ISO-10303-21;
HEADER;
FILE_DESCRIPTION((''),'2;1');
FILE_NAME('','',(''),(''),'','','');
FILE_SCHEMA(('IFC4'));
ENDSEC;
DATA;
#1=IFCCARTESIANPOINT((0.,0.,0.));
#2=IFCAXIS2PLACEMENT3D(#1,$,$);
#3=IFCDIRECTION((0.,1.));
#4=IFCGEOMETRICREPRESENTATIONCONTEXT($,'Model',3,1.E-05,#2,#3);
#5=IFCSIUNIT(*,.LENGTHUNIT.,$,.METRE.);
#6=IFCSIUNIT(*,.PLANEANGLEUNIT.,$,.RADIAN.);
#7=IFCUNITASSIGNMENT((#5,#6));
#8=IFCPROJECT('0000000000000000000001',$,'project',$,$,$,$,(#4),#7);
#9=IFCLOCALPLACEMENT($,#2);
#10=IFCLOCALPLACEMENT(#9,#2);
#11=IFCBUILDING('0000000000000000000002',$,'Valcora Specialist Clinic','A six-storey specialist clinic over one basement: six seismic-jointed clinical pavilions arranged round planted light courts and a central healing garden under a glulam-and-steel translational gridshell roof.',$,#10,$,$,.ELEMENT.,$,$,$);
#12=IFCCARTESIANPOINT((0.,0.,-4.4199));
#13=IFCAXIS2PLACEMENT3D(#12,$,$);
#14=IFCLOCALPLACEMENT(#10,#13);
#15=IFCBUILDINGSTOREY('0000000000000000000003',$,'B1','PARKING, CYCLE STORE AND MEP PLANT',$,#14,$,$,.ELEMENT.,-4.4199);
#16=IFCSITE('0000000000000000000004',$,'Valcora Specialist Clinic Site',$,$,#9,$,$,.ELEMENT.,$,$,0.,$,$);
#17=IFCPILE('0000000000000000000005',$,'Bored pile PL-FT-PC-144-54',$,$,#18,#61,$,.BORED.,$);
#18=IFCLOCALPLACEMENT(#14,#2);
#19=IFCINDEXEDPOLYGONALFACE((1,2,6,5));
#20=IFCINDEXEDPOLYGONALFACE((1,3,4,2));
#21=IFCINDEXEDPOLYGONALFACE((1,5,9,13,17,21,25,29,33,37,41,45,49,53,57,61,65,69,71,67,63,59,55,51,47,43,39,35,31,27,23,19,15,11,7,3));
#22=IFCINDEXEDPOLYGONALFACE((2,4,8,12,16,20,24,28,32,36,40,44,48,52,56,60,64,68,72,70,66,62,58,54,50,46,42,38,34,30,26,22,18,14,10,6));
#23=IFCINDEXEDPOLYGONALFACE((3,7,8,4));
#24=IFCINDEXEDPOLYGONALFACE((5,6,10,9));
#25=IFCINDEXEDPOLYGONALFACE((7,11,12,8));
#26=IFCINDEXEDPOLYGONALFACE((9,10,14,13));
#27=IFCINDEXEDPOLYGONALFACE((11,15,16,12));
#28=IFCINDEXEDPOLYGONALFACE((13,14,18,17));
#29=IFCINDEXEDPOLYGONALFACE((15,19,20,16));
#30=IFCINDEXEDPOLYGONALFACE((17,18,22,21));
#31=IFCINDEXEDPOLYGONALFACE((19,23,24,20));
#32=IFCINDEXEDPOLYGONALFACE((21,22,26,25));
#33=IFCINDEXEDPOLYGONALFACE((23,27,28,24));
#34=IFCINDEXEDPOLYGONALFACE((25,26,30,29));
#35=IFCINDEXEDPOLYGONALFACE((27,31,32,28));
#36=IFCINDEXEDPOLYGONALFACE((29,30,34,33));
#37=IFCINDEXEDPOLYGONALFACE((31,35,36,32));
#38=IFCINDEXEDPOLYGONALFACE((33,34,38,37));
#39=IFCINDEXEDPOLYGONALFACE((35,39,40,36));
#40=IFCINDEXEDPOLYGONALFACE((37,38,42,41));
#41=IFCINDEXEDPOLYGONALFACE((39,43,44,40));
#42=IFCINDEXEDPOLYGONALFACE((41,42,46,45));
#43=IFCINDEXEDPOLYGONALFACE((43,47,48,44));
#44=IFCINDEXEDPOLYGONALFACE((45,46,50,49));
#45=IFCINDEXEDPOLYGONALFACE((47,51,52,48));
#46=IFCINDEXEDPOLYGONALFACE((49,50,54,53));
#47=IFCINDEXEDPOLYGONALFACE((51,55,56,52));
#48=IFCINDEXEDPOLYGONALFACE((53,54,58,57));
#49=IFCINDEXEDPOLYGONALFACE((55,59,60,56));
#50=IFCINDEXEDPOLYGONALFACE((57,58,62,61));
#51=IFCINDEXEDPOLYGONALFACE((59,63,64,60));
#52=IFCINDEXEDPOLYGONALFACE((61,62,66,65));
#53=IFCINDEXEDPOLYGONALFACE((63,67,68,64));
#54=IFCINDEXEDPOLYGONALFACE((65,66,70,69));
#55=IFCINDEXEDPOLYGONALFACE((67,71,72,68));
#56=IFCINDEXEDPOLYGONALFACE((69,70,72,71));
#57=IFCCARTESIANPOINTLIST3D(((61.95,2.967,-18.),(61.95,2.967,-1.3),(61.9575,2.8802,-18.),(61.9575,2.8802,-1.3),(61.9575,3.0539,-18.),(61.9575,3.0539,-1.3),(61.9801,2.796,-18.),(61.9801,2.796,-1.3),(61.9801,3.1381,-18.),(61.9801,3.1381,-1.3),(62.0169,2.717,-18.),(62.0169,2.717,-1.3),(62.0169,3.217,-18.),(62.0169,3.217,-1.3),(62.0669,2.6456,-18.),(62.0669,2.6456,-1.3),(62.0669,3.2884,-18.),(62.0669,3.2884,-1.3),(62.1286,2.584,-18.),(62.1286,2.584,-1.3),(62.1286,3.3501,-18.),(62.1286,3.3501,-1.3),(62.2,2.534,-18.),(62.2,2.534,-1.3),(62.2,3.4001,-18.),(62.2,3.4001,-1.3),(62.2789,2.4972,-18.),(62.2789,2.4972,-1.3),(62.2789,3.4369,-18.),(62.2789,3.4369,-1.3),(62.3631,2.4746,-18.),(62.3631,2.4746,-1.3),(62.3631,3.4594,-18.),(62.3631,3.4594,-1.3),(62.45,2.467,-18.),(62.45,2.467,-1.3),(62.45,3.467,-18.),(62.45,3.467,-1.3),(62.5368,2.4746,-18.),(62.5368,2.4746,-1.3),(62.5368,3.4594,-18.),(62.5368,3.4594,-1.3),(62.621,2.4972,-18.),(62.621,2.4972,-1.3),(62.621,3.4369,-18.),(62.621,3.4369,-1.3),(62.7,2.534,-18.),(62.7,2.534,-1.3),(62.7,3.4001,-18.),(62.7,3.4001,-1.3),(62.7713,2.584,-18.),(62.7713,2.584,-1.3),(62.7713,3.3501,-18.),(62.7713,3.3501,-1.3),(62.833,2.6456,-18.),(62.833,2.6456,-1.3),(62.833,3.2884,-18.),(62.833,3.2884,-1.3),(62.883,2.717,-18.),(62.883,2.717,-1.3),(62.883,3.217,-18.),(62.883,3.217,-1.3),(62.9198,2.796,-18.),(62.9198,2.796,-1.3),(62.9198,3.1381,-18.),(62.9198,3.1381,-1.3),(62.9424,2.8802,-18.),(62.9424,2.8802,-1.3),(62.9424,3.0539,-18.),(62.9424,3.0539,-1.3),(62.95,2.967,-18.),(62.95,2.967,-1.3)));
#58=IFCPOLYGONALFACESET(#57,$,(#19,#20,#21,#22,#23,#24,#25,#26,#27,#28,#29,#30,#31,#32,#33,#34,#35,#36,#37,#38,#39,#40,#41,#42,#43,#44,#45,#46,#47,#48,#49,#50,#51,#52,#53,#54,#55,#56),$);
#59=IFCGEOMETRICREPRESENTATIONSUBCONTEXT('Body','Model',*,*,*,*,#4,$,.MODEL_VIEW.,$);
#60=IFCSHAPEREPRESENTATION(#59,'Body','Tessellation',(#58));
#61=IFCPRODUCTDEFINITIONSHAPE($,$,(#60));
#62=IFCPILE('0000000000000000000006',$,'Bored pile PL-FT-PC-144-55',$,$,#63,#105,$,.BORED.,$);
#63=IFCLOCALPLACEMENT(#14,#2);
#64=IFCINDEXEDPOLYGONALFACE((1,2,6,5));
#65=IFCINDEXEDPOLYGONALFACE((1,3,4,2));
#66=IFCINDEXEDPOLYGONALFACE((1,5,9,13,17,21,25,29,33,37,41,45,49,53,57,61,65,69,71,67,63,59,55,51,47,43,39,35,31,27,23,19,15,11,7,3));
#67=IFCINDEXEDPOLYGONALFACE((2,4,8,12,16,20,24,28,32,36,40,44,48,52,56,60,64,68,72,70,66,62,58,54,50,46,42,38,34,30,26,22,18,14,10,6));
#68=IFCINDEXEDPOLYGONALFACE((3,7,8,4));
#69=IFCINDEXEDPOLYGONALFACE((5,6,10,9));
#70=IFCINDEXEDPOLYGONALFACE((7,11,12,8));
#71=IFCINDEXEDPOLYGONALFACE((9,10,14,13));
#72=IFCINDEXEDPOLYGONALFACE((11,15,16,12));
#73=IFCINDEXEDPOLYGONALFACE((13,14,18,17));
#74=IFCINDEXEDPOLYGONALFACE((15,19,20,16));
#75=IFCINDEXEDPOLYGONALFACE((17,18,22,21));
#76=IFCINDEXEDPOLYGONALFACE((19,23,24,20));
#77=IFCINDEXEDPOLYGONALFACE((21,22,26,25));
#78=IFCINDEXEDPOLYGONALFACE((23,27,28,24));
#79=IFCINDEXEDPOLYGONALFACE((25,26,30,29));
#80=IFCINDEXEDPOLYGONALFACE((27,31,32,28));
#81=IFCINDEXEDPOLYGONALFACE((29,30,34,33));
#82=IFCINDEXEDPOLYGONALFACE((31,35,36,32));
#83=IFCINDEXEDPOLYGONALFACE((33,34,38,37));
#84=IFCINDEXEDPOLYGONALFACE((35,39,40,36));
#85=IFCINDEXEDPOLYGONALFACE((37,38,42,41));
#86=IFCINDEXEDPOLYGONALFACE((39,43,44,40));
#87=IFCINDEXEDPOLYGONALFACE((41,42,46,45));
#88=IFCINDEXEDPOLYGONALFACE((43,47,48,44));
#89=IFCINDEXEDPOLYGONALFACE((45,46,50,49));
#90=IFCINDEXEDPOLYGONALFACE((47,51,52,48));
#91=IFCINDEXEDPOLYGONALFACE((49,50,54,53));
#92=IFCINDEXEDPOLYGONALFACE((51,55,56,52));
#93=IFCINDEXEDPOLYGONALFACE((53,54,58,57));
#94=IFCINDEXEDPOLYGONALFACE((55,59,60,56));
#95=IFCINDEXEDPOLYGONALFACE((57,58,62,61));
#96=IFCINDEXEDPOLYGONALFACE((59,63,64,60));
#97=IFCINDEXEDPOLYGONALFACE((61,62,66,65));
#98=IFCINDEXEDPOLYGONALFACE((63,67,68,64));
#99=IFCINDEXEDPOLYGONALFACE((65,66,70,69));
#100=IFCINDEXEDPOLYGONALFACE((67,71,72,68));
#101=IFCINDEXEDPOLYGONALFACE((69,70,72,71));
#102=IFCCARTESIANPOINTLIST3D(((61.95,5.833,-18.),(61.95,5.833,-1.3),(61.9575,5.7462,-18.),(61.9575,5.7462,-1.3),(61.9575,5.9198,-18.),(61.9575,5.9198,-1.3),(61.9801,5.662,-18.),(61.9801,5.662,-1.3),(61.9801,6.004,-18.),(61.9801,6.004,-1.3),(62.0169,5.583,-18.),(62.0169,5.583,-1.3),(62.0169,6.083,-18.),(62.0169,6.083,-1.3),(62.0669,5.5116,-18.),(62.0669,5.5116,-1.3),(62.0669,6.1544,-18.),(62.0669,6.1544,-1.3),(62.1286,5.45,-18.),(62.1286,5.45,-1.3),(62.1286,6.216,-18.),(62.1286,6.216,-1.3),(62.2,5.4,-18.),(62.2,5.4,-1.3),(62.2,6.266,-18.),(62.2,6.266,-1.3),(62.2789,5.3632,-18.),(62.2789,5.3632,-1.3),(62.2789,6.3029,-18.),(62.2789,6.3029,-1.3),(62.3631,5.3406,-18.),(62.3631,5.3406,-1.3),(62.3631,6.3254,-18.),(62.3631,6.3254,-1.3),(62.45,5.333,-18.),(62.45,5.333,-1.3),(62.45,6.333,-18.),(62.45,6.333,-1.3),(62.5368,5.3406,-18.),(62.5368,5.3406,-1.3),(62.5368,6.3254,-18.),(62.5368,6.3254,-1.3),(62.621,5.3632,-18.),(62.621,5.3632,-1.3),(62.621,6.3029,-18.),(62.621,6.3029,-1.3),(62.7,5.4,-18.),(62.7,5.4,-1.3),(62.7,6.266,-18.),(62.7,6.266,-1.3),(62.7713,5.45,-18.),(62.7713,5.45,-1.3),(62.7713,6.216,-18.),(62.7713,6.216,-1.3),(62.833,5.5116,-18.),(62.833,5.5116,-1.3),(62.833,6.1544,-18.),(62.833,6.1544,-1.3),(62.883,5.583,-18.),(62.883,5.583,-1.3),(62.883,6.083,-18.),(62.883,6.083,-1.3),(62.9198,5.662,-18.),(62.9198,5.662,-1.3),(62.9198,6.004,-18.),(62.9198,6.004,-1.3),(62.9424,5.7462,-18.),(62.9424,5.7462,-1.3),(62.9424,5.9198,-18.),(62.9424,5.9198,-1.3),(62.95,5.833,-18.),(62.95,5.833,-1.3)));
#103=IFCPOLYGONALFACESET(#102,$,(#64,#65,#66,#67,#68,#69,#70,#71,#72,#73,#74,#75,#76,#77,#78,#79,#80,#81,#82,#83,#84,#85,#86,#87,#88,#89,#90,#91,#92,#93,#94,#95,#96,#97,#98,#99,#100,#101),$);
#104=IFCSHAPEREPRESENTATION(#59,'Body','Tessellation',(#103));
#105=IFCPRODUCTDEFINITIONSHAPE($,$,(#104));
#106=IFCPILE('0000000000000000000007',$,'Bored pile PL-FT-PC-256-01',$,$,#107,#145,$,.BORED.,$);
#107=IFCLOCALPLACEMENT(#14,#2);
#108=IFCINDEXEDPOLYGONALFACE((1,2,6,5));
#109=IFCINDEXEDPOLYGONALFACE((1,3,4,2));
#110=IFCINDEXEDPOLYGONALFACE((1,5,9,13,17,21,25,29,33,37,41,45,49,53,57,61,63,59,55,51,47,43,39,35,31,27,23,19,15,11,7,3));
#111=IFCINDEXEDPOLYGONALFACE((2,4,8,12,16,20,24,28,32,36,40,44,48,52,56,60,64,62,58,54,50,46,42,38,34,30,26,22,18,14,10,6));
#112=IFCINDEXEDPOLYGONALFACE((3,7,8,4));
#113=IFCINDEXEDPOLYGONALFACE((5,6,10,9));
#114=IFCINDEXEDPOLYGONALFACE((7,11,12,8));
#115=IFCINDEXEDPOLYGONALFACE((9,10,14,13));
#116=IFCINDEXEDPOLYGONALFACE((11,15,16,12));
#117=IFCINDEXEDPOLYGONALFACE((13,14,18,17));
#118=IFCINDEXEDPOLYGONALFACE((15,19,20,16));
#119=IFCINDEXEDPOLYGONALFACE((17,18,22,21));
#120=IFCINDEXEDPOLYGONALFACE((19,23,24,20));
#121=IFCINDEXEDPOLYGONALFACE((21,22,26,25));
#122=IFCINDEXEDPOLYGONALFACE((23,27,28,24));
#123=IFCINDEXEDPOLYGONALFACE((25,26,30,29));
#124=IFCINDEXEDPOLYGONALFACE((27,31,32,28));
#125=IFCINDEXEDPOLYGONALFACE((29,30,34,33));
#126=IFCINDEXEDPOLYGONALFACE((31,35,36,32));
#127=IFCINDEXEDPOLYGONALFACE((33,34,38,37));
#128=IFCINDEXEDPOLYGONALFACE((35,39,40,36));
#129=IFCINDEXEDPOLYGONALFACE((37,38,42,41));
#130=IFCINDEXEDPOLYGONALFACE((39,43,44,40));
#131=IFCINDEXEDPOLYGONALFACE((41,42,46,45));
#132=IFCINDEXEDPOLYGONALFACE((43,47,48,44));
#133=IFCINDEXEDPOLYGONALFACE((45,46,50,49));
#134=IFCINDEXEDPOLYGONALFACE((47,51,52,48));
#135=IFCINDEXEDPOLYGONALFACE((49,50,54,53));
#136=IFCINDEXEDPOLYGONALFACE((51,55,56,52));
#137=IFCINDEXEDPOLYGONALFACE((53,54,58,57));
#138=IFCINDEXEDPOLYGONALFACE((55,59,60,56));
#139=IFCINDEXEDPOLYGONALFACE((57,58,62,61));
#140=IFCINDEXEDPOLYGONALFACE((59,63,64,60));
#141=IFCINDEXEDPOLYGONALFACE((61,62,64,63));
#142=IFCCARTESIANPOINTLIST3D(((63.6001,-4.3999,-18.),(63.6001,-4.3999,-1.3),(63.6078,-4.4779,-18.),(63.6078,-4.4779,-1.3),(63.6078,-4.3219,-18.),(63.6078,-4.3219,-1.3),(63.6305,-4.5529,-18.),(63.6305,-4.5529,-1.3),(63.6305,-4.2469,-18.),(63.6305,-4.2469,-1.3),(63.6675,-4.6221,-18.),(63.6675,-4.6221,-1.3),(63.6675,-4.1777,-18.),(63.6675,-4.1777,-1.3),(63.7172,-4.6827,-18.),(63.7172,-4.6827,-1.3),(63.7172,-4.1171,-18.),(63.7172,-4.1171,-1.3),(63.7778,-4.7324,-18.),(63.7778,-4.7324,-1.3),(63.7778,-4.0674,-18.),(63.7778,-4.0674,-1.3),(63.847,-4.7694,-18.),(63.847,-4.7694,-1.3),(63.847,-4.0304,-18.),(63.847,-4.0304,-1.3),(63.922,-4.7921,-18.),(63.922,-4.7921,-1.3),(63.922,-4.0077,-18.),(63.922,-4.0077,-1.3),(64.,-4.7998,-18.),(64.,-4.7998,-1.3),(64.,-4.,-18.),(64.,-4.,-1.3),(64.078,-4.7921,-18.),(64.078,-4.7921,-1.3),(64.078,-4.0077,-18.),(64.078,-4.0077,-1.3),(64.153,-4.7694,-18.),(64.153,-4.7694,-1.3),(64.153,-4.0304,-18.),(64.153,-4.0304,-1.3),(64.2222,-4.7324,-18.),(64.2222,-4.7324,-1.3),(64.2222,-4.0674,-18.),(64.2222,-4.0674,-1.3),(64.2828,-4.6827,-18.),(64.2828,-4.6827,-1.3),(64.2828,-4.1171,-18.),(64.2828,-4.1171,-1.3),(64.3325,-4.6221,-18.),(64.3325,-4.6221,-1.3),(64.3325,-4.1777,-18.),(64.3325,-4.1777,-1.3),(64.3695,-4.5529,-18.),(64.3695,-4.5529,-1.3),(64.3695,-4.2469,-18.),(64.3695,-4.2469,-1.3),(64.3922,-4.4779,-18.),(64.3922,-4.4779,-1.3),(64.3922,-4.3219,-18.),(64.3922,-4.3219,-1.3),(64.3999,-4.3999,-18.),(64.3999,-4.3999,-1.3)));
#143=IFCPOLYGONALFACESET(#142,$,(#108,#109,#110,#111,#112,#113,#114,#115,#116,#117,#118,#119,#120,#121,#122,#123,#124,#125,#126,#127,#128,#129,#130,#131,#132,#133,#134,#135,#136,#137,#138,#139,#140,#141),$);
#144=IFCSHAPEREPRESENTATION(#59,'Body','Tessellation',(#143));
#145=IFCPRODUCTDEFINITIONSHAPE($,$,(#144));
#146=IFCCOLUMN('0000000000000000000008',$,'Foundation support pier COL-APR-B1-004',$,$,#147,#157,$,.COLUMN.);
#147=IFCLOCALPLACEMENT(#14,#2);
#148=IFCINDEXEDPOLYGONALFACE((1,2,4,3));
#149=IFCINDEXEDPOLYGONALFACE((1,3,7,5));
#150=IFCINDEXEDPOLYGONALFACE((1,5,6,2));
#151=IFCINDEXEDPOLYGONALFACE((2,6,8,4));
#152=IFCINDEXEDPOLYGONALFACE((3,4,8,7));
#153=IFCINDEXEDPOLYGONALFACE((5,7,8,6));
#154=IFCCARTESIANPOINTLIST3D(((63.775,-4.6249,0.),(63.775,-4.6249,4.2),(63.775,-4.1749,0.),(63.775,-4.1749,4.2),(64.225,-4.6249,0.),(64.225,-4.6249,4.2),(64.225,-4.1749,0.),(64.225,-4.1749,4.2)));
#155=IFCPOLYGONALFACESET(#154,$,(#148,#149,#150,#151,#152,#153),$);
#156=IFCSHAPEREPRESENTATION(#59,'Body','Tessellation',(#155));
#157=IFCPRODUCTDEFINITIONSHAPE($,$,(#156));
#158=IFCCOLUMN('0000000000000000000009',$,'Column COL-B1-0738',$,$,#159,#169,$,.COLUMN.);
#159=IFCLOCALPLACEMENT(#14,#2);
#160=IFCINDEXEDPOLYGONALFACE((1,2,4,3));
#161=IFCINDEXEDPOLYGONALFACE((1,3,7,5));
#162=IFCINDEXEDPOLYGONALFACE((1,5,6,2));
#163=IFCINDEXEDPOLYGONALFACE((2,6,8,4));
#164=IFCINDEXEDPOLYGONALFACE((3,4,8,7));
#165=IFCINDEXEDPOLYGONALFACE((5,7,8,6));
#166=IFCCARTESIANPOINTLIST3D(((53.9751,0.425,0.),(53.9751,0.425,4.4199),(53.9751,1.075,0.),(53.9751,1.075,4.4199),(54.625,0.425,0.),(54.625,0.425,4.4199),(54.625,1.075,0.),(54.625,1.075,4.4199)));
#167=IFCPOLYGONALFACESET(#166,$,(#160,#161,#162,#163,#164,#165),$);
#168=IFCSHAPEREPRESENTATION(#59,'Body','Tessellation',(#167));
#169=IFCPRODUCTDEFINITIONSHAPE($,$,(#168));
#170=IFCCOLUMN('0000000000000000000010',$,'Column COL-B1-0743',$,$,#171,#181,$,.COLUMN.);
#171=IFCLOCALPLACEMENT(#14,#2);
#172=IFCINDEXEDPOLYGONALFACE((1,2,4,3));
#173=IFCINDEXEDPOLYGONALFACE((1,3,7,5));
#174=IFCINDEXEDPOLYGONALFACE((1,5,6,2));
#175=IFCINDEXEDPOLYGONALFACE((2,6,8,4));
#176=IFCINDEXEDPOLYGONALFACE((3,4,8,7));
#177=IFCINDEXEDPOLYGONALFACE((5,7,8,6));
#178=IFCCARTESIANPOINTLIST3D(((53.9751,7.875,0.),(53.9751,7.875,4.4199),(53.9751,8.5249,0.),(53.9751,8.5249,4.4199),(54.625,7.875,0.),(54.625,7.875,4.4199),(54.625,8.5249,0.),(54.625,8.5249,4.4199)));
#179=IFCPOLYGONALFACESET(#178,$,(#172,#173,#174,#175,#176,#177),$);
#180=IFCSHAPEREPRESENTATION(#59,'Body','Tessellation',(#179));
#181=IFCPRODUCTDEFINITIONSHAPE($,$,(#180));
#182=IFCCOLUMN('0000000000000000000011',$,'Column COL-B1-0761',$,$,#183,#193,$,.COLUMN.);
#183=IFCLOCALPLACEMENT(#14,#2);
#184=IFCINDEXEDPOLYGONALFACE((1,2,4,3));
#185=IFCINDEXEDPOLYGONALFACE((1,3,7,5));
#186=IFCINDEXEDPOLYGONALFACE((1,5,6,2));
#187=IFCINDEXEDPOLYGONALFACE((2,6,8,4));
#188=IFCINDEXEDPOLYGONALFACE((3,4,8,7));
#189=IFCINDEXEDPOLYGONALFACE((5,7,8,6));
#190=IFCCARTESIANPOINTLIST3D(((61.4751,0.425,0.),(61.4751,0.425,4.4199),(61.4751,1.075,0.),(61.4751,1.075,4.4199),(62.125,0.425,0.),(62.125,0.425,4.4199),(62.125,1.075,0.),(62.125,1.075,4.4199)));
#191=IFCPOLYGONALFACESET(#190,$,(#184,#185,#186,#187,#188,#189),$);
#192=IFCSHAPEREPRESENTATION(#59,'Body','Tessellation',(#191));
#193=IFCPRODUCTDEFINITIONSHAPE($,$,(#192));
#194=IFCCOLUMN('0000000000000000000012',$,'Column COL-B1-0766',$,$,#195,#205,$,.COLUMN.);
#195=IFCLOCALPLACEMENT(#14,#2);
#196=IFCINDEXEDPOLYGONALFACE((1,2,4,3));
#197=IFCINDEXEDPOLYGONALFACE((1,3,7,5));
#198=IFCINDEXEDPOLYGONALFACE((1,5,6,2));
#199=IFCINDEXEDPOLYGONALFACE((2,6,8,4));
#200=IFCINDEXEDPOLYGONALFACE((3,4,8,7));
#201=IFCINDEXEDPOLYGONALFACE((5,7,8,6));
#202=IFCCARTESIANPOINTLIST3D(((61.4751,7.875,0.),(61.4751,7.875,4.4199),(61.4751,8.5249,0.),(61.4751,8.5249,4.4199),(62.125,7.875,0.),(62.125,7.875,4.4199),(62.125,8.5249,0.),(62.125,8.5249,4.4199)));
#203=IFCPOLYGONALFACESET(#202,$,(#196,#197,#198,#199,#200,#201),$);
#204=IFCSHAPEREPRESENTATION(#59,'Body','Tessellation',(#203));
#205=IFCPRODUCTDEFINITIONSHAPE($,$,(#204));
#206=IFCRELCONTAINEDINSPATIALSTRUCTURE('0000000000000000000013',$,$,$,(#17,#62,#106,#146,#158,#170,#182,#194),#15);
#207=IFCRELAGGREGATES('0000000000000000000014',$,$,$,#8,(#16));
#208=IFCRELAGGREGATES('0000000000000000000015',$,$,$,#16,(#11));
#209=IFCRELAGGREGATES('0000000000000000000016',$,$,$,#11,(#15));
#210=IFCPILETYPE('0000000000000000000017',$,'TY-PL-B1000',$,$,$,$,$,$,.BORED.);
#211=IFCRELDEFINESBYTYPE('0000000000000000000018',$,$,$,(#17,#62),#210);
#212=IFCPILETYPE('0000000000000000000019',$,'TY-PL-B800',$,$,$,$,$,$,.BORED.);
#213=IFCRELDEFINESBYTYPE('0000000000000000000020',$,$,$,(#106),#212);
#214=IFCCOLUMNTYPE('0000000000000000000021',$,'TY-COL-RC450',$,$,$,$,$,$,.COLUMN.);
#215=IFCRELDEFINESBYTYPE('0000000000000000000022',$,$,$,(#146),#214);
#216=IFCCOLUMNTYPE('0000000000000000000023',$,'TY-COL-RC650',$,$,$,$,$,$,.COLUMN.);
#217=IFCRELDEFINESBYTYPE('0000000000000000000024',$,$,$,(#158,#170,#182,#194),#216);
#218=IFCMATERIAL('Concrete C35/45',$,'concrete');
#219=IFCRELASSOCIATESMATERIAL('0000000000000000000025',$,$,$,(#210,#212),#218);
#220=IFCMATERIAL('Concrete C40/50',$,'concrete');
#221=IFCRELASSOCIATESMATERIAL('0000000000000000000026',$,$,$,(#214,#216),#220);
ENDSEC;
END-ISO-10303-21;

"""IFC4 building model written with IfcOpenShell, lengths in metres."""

from ifc_helpers import new_model, si_unit, direction, frame, origin, origin_2d, place, context, subcontext, project, spatial, rectangle, circle, extrude, material, material_profile, profile_set, type_object, element, save


model = new_model("IFC4")

# Units and contexts
model_context = context("Model", 3, precision=1e-05, world=origin(), true_north=direction((0.0, 1.0)))
body_context = subcontext(model_context, "Body", "Model", "MODEL_VIEW")
ifc_project = project(units=[si_unit("LENGTHUNIT", "METRE"), si_unit("PLANEANGLEUNIT", "RADIAN")], contexts=[model_context])

# Site, building, storey
site_placement = place(None, origin())
site = spatial("IfcSite", under=ifc_project, at=site_placement, Name="Valcora Specialist Clinic Site", CompositionType="ELEMENT", RefElevation=0.0)
building_placement = place(site_placement, origin())
building = spatial("IfcBuilding", under=site, at=building_placement, Name="Valcora Specialist Clinic", Description="A six-storey specialist clinic over one basement: six seismic-jointed clinical pavilions arranged round planted light courts and a central healing garden under a glulam-and-steel translational gridshell roof.", CompositionType="ELEMENT")
storey_placement = place(building_placement, frame((0.0, 0.0, -4.4199)))
storey = spatial("IfcBuildingStorey", under=building, at=storey_placement, Name="B1", Description="PARKING, CYCLE STORE AND MEP PLANT", CompositionType="ELEMENT", Elevation=-4.4199)

# Shared definitions
ifc_material_1 = material(Name="Concrete C35/45", Category="concrete")

# Piles
ifc_material_profile_1 = material_profile(ifc_material_1, circle(Radius=0.5, at=origin_2d()), Name="RC-PIL-D1000")
ifc_profile_set_1 = profile_set([ifc_material_profile_1], Name="Concrete C35/45")
pile_type_1 = type_object("IfcPileType", Name="TY-PL-B1000", PredefinedType="BORED", material=ifc_profile_set_1)
for number, where, z_axis, x_axis, name in (
    (1, (62.45, 2.967, -1.3), (0.0, 0.0, -1.0), (1.0, 0.0, 0.0), "Bored pile PL-FT-PC-144-54"),
    (2, (62.45, 5.833, -1.3), (0.0, 0.0, -1.0), (1.0, 0.0, 0.0), "Bored pile PL-FT-PC-144-55"),
):
    element("IfcPile", number, at=place(storey_placement, frame(where, z_axis=z_axis, x_axis=x_axis)), inside=storey, type_object=pile_type_1, Name=name, PredefinedType="BORED", context=body_context, shape_type="SweptSolid", body=[
        extrude(circle(Radius=0.5, at=origin_2d()), origin(), (0.0, 0.0, 1.0), 16.7),
    ])
ifc_material_profile_2 = material_profile(ifc_material_1, circle(Radius=0.3999, at=origin_2d()), Name="RC-PIL-D800")
ifc_profile_set_2 = profile_set([ifc_material_profile_2], Name="Concrete C35/45")
pile_type_2 = type_object("IfcPileType", Name="TY-PL-B800", PredefinedType="BORED", material=ifc_profile_set_2)
pile_placement = place(storey_placement, frame((64.0, -4.3999, -1.3), z_axis=(0.0, 0.0, -1.0), x_axis=(1.0, 0.0, 0.0)))
element("IfcPile", 3, at=pile_placement, inside=storey, type_object=pile_type_2, Name="Bored pile PL-FT-PC-256-01", PredefinedType="BORED", context=body_context, shape_type="SweptSolid", body=[
    extrude(circle(Radius=0.3999, at=origin_2d()), origin(), (0.0, 0.0, 1.0), 16.7),
])

# Columns
ifc_material_2 = material(Name="Concrete C40/50", Category="concrete")
ifc_material_profile_3 = material_profile(ifc_material_2, rectangle(XDim=0.45, YDim=0.45, at=origin_2d()), Name="RC-COL-450X450")
ifc_profile_set_3 = profile_set([ifc_material_profile_3], Name="Concrete C40/50")
column_type_1 = type_object("IfcColumnType", Name="TY-COL-RC450", PredefinedType="COLUMN", material=ifc_profile_set_3)
column_1_placement = place(storey_placement, frame((64.0, -4.3999, 0.0), z_axis=(0.0, 0.0, 1.0), x_axis=(1.0, 0.0, 0.0)))
element("IfcColumn", 4, at=column_1_placement, inside=storey, type_object=column_type_1, Name="Foundation support pier COL-APR-B1-004", PredefinedType="COLUMN", context=body_context, shape_type="SweptSolid", body=[
    extrude(rectangle(XDim=0.45, YDim=0.45, at=origin_2d()), origin(), (0.0, 0.0, 1.0), 4.2),
])
ifc_material_profile_4 = material_profile(ifc_material_2, rectangle(XDim=0.6499, YDim=0.6499, at=origin_2d()), Name="RC-COL-650X650")
ifc_profile_set_4 = profile_set([ifc_material_profile_4], Name="Concrete C40/50")
column_type_2 = type_object("IfcColumnType", Name="TY-COL-RC650", PredefinedType="COLUMN", material=ifc_profile_set_4)
for number, where, z_axis, x_axis, name in (
    (5, (54.3, 0.75, 0.0), (0.0, 0.0, 1.0), (1.0, 0.0, 0.0), "Column COL-B1-0738"),
    (6, (54.3, 8.2, 0.0), (0.0, 0.0, 1.0), (1.0, 0.0, 0.0), "Column COL-B1-0743"),
    (7, (61.8, 0.75, 0.0), (0.0, 0.0, 1.0), (1.0, 0.0, 0.0), "Column COL-B1-0761"),
    (8, (61.8, 8.2, 0.0), (0.0, 0.0, 1.0), (1.0, 0.0, 0.0), "Column COL-B1-0766"),
):
    element("IfcColumn", number, at=place(storey_placement, frame(where, z_axis=z_axis, x_axis=x_axis)), inside=storey, type_object=column_type_2, Name=name, PredefinedType="COLUMN", context=body_context, shape_type="SweptSolid", body=[
        extrude(rectangle(XDim=0.6499, YDim=0.6499, at=origin_2d()), origin(), (0.0, 0.0, 1.0), 4.4199),
    ])

save(model, "model.ifc")
